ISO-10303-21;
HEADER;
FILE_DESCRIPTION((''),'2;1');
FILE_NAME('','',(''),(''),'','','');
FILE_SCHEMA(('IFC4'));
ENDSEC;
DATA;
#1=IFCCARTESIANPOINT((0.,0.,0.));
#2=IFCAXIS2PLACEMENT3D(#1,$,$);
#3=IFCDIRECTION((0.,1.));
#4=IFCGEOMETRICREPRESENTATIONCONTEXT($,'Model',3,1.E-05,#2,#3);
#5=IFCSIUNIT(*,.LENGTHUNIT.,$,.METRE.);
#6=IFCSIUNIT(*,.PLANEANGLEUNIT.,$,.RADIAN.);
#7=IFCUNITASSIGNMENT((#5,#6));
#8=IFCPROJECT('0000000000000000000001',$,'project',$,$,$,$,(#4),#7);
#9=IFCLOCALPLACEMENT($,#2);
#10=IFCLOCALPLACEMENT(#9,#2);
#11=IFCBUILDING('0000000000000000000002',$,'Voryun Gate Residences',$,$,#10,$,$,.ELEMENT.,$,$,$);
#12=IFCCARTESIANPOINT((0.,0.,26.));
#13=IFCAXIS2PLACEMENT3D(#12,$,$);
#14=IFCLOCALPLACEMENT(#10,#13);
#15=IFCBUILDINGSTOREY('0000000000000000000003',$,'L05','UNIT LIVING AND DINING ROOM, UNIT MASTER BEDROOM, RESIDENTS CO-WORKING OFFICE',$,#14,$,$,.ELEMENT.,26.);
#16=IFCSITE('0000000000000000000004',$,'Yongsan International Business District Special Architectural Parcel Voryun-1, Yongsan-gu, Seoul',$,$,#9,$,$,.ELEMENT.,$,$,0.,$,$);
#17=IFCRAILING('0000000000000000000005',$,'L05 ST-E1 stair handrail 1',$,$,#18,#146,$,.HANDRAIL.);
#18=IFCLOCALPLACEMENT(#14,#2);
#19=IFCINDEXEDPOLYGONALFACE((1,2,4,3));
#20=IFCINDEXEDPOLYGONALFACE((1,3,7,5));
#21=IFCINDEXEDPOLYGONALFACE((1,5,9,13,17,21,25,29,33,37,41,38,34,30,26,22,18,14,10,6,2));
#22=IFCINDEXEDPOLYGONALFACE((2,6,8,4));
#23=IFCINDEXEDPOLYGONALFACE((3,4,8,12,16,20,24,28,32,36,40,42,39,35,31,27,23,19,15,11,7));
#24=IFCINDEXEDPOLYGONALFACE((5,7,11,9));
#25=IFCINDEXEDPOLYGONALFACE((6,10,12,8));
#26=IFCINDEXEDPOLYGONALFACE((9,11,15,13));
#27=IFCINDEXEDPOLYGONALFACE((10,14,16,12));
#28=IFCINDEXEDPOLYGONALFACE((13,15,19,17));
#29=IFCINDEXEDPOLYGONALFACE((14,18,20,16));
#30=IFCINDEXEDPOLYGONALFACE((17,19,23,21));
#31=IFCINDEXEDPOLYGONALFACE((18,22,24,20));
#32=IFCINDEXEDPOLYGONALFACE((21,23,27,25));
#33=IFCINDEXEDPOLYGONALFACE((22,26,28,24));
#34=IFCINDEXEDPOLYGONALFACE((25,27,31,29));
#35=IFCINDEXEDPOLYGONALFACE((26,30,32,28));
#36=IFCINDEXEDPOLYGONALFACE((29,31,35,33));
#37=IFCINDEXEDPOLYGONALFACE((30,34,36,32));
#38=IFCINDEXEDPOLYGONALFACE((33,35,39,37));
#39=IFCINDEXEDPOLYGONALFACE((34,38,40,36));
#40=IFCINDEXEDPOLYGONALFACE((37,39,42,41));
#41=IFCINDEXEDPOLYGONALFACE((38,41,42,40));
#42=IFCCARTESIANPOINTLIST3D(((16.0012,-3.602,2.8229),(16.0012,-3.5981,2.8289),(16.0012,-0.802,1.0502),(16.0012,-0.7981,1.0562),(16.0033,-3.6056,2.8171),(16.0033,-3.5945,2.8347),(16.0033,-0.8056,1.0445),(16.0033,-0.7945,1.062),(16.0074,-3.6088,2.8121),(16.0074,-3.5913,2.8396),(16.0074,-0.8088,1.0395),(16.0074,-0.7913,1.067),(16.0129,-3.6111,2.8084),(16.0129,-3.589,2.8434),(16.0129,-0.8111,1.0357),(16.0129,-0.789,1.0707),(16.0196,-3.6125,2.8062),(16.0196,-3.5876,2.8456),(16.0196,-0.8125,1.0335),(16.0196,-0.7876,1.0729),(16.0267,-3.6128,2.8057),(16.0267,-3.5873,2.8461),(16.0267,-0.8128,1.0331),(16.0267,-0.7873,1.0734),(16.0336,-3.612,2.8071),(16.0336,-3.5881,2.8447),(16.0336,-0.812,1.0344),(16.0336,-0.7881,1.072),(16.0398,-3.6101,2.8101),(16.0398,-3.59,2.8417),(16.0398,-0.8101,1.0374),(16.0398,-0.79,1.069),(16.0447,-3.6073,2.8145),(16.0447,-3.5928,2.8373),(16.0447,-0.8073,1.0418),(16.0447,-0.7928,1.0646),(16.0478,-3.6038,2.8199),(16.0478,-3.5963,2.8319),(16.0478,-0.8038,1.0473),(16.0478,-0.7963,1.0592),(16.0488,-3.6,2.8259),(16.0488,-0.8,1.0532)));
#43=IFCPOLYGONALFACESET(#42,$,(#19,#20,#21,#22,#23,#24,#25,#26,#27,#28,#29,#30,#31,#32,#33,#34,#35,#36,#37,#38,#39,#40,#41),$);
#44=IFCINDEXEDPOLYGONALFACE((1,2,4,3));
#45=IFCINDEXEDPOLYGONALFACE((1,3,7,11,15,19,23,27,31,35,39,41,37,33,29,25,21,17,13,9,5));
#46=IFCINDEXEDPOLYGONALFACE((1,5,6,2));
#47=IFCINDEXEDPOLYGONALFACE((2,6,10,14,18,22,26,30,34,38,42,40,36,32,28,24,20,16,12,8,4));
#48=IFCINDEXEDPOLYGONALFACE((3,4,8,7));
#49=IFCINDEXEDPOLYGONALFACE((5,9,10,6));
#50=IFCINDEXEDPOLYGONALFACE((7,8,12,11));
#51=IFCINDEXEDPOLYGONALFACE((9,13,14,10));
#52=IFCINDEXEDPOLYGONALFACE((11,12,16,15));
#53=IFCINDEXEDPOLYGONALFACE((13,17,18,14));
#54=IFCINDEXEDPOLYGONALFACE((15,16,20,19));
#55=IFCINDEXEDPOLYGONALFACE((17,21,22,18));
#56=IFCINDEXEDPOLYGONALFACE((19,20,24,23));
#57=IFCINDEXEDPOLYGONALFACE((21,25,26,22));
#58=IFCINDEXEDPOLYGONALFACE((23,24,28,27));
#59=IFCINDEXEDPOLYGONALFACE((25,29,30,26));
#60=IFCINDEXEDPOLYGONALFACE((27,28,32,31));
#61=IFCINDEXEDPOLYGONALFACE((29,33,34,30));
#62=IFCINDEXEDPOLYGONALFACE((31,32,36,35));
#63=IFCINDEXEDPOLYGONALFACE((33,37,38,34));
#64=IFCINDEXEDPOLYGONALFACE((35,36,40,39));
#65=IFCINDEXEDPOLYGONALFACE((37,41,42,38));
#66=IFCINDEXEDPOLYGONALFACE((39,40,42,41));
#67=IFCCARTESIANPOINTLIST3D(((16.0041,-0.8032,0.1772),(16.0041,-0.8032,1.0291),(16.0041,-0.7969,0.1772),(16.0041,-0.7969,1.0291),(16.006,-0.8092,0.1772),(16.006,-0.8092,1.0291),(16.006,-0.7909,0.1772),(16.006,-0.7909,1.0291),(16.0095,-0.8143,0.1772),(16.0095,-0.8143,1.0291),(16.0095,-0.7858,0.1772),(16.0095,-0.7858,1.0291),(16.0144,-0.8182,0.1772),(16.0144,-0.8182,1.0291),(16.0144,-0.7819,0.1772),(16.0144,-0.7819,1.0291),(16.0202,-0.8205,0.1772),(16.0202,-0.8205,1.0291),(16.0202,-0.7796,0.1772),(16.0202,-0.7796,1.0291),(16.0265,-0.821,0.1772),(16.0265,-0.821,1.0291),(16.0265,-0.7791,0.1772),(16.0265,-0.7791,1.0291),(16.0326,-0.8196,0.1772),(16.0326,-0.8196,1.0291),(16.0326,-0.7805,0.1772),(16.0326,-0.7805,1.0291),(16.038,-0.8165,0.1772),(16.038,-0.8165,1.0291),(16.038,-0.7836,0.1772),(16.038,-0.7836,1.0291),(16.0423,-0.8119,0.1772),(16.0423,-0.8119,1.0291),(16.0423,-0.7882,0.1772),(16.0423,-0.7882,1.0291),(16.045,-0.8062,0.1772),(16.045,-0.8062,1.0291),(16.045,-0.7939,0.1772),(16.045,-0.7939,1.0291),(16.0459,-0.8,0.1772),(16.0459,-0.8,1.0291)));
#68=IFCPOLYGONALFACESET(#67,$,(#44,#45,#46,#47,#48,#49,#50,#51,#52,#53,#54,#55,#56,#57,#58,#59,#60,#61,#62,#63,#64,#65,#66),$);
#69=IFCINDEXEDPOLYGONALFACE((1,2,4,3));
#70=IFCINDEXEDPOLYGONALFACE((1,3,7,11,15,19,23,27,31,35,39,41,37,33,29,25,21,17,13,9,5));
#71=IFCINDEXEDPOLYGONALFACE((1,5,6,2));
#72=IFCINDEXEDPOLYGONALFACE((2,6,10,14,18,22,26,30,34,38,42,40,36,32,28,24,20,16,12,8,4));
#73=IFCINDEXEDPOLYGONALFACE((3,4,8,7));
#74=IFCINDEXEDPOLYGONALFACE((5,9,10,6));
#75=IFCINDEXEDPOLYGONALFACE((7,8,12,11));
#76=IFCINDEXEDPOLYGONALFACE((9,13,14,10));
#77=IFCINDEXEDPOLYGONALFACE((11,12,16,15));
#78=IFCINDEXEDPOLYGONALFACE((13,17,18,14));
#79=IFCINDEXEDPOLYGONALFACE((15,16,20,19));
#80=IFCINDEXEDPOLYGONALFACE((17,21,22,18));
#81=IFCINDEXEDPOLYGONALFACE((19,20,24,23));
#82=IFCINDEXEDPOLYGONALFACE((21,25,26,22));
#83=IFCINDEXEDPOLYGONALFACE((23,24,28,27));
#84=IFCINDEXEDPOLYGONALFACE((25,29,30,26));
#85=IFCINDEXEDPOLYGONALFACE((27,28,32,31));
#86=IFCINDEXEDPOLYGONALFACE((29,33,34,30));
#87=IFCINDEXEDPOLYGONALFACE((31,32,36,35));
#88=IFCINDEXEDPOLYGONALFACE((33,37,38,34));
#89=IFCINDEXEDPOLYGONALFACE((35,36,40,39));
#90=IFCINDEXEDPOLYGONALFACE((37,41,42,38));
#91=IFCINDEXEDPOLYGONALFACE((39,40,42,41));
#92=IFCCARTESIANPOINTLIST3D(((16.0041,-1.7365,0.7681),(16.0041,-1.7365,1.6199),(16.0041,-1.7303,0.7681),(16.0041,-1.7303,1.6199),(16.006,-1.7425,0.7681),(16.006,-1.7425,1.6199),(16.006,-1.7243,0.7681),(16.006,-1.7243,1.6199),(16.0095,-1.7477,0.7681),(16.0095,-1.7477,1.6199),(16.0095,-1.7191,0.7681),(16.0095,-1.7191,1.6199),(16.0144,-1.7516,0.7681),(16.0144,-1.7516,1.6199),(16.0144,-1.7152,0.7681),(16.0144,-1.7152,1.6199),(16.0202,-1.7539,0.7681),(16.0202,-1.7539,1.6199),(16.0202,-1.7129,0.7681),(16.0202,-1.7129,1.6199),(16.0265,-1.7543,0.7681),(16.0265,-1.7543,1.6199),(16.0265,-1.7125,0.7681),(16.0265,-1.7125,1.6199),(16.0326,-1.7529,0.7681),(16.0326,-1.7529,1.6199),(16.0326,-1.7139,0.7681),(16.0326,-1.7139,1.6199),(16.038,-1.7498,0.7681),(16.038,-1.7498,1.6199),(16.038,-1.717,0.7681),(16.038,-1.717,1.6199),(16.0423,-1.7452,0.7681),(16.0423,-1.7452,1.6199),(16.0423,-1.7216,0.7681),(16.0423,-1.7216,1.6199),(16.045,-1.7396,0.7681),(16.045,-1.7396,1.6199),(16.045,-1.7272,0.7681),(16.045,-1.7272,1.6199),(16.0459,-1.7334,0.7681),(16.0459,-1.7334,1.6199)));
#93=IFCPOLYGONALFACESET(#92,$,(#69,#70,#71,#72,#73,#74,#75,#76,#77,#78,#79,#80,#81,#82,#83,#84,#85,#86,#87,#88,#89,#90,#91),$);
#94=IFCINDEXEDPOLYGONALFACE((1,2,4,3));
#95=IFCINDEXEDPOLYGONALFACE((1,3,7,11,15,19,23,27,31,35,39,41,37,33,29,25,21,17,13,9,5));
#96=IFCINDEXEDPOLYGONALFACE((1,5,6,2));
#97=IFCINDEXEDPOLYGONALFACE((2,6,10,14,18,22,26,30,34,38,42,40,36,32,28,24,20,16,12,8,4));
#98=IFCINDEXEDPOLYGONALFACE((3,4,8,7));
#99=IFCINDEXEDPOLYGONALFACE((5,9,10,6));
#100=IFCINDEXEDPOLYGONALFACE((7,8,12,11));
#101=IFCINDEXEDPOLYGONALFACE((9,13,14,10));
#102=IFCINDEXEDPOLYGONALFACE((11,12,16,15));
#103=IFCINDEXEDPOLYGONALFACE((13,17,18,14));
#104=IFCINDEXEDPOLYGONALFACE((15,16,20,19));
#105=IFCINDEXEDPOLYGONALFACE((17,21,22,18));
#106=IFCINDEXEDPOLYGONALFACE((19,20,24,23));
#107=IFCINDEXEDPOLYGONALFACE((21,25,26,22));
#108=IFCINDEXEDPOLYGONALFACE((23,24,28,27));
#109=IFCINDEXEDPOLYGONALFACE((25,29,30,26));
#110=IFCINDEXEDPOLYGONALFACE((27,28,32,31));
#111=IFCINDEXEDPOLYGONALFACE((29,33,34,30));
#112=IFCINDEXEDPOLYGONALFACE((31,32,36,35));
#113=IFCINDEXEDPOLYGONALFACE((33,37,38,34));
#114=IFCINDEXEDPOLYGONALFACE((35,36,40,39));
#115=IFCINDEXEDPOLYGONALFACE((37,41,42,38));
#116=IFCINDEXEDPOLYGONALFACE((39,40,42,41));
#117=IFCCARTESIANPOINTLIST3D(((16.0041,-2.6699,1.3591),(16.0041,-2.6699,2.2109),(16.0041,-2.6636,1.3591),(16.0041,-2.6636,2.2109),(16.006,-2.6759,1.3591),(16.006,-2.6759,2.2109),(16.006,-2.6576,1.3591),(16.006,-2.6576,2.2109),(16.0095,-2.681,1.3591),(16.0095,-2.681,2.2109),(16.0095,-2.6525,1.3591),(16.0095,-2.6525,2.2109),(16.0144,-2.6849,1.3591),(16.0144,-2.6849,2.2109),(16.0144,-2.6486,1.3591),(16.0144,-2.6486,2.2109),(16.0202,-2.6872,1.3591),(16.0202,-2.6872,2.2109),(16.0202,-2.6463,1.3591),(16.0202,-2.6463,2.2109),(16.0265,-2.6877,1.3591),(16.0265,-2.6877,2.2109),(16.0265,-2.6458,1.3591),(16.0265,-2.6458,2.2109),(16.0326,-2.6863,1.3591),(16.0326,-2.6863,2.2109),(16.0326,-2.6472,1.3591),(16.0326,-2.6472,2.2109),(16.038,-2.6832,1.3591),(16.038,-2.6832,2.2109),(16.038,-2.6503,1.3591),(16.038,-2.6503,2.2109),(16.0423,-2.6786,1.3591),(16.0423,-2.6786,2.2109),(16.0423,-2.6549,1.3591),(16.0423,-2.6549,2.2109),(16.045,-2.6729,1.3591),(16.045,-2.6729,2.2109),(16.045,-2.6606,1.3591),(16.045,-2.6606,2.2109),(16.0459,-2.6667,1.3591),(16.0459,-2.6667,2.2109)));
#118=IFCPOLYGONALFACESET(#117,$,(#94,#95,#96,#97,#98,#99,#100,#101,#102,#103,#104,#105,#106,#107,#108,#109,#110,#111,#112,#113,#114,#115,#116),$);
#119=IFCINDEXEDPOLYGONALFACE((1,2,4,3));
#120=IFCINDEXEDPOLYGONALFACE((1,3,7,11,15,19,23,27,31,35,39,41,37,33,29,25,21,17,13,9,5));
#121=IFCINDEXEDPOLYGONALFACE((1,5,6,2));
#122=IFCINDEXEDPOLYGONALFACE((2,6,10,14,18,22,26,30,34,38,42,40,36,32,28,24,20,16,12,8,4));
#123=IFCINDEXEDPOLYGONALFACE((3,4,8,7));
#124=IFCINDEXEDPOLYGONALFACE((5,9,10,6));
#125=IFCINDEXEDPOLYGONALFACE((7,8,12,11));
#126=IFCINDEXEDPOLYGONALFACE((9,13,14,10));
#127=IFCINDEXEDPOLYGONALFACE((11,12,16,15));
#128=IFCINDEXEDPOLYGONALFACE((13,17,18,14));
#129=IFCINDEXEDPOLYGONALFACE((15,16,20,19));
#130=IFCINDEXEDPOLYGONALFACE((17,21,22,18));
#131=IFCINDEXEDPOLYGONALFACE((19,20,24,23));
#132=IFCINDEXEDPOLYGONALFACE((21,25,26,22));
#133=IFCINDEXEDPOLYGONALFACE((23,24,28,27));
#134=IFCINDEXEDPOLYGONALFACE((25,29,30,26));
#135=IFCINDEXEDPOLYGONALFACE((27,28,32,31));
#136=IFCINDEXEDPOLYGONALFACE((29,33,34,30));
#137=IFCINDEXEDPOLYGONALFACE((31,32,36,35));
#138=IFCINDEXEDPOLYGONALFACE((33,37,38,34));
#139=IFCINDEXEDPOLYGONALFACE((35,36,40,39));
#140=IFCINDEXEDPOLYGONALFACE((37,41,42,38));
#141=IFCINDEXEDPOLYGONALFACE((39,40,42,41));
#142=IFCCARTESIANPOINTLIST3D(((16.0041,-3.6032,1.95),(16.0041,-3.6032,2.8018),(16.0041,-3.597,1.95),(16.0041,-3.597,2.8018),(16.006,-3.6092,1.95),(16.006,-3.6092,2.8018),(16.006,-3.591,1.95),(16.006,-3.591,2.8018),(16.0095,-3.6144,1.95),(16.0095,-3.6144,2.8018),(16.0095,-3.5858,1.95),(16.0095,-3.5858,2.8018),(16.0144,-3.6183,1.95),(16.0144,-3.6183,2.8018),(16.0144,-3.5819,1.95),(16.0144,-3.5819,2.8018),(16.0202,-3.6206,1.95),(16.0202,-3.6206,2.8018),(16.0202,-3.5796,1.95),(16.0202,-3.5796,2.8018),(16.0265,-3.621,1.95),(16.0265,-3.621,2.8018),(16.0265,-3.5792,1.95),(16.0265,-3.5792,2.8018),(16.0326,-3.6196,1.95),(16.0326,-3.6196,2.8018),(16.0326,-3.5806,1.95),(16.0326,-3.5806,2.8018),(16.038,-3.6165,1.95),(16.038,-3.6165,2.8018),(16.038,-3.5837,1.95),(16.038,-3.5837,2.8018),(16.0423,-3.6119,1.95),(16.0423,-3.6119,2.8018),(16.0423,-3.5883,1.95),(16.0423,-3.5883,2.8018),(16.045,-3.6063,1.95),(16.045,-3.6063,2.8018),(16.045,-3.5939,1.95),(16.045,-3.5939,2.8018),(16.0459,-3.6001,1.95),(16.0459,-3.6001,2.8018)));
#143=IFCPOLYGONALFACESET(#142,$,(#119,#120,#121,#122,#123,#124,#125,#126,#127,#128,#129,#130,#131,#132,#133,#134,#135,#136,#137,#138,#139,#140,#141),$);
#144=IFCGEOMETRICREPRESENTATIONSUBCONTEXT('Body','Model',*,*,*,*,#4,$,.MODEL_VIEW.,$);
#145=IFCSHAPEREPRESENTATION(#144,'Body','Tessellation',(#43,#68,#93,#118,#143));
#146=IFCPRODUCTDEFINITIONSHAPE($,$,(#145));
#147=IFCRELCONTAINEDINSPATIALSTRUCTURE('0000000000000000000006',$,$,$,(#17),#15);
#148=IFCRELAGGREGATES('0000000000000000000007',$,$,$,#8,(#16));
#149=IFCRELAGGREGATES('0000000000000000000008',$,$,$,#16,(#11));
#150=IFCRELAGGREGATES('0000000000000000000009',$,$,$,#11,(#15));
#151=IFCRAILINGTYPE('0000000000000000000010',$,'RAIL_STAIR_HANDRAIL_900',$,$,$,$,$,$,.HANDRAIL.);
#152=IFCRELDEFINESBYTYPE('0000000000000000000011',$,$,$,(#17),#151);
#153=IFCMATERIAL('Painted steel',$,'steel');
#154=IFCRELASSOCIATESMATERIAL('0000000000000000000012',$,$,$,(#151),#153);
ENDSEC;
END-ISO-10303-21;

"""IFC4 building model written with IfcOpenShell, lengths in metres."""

from ifc_helpers import new_model, si_unit, direction, frame, origin, origin_2d, place, context, subcontext, project, spatial, circle, extrude, material, type_object, element, save


model = new_model("IFC4")

# Units and contexts
model_context = context("Model", 3, precision=1e-05, world=origin(), true_north=direction((0.0, 1.0)))
body_context = subcontext(model_context, "Body", "Model", "MODEL_VIEW")
ifc_project = project(units=[si_unit("LENGTHUNIT", "METRE"), si_unit("PLANEANGLEUNIT", "RADIAN")], contexts=[model_context])

# Site, building, storey
site_placement = place(None, origin())
site = spatial("IfcSite", under=ifc_project, at=site_placement, Name="Yongsan International Business District Special Architectural Parcel Voryun-1, Yongsan-gu, Seoul", CompositionType="ELEMENT", RefElevation=0.0)
building_placement = place(site_placement, origin())
building = spatial("IfcBuilding", under=site, at=building_placement, Name="Voryun Gate Residences", CompositionType="ELEMENT")
storey_placement = place(building_placement, frame((0.0, 0.0, 26.0)))
storey = spatial("IfcBuildingStorey", under=building, at=storey_placement, Name="L05", Description="UNIT LIVING AND DINING ROOM, UNIT MASTER BEDROOM, RESIDENTS CO-WORKING OFFICE", CompositionType="ELEMENT", Elevation=26.0)

# Railing
ifc_material_1 = material(Name="Painted steel", Category="steel")
railing_type_1 = type_object("IfcRailingType", Name="RAIL_STAIR_HANDRAIL_900", PredefinedType="HANDRAIL", material=ifc_material_1)
railing_1_placement = place(storey_placement, frame((16.0249, -0.8, 0.1772)))
element("IfcRailing", 1, at=railing_1_placement, inside=storey, type_object=railing_type_1, Name="L05 ST-E1 stair handrail 1", PredefinedType="HANDRAIL", context=body_context, shape_type="SweptSolid", body=[
    extrude(circle(Radius=0.0239, at=origin_2d()), frame((0.0, 0.0, 0.876), z_axis=(0.0, -0.844909, 0.53491), x_axis=(1.0, 0.0, 0.0)), (0.0, 0.0, 1.0), 3.314),
    extrude(circle(Radius=0.021, at=origin_2d()), origin(), (0.0, 0.0, 1.0), 0.8518),
    extrude(circle(Radius=0.021, at=origin_2d()), frame((0.0, -0.9333, 0.5908)), (0.0, 0.0, 1.0), 0.8518),
    extrude(circle(Radius=0.021, at=origin_2d()), frame((0.0, -1.8667, 1.1819)), (0.0, 0.0, 1.0), 0.8518),
    extrude(circle(Radius=0.021, at=origin_2d()), frame((0.0, -2.8, 1.7727)), (0.0, 0.0, 1.0), 0.8518),
])

save(model, "model.ifc")
